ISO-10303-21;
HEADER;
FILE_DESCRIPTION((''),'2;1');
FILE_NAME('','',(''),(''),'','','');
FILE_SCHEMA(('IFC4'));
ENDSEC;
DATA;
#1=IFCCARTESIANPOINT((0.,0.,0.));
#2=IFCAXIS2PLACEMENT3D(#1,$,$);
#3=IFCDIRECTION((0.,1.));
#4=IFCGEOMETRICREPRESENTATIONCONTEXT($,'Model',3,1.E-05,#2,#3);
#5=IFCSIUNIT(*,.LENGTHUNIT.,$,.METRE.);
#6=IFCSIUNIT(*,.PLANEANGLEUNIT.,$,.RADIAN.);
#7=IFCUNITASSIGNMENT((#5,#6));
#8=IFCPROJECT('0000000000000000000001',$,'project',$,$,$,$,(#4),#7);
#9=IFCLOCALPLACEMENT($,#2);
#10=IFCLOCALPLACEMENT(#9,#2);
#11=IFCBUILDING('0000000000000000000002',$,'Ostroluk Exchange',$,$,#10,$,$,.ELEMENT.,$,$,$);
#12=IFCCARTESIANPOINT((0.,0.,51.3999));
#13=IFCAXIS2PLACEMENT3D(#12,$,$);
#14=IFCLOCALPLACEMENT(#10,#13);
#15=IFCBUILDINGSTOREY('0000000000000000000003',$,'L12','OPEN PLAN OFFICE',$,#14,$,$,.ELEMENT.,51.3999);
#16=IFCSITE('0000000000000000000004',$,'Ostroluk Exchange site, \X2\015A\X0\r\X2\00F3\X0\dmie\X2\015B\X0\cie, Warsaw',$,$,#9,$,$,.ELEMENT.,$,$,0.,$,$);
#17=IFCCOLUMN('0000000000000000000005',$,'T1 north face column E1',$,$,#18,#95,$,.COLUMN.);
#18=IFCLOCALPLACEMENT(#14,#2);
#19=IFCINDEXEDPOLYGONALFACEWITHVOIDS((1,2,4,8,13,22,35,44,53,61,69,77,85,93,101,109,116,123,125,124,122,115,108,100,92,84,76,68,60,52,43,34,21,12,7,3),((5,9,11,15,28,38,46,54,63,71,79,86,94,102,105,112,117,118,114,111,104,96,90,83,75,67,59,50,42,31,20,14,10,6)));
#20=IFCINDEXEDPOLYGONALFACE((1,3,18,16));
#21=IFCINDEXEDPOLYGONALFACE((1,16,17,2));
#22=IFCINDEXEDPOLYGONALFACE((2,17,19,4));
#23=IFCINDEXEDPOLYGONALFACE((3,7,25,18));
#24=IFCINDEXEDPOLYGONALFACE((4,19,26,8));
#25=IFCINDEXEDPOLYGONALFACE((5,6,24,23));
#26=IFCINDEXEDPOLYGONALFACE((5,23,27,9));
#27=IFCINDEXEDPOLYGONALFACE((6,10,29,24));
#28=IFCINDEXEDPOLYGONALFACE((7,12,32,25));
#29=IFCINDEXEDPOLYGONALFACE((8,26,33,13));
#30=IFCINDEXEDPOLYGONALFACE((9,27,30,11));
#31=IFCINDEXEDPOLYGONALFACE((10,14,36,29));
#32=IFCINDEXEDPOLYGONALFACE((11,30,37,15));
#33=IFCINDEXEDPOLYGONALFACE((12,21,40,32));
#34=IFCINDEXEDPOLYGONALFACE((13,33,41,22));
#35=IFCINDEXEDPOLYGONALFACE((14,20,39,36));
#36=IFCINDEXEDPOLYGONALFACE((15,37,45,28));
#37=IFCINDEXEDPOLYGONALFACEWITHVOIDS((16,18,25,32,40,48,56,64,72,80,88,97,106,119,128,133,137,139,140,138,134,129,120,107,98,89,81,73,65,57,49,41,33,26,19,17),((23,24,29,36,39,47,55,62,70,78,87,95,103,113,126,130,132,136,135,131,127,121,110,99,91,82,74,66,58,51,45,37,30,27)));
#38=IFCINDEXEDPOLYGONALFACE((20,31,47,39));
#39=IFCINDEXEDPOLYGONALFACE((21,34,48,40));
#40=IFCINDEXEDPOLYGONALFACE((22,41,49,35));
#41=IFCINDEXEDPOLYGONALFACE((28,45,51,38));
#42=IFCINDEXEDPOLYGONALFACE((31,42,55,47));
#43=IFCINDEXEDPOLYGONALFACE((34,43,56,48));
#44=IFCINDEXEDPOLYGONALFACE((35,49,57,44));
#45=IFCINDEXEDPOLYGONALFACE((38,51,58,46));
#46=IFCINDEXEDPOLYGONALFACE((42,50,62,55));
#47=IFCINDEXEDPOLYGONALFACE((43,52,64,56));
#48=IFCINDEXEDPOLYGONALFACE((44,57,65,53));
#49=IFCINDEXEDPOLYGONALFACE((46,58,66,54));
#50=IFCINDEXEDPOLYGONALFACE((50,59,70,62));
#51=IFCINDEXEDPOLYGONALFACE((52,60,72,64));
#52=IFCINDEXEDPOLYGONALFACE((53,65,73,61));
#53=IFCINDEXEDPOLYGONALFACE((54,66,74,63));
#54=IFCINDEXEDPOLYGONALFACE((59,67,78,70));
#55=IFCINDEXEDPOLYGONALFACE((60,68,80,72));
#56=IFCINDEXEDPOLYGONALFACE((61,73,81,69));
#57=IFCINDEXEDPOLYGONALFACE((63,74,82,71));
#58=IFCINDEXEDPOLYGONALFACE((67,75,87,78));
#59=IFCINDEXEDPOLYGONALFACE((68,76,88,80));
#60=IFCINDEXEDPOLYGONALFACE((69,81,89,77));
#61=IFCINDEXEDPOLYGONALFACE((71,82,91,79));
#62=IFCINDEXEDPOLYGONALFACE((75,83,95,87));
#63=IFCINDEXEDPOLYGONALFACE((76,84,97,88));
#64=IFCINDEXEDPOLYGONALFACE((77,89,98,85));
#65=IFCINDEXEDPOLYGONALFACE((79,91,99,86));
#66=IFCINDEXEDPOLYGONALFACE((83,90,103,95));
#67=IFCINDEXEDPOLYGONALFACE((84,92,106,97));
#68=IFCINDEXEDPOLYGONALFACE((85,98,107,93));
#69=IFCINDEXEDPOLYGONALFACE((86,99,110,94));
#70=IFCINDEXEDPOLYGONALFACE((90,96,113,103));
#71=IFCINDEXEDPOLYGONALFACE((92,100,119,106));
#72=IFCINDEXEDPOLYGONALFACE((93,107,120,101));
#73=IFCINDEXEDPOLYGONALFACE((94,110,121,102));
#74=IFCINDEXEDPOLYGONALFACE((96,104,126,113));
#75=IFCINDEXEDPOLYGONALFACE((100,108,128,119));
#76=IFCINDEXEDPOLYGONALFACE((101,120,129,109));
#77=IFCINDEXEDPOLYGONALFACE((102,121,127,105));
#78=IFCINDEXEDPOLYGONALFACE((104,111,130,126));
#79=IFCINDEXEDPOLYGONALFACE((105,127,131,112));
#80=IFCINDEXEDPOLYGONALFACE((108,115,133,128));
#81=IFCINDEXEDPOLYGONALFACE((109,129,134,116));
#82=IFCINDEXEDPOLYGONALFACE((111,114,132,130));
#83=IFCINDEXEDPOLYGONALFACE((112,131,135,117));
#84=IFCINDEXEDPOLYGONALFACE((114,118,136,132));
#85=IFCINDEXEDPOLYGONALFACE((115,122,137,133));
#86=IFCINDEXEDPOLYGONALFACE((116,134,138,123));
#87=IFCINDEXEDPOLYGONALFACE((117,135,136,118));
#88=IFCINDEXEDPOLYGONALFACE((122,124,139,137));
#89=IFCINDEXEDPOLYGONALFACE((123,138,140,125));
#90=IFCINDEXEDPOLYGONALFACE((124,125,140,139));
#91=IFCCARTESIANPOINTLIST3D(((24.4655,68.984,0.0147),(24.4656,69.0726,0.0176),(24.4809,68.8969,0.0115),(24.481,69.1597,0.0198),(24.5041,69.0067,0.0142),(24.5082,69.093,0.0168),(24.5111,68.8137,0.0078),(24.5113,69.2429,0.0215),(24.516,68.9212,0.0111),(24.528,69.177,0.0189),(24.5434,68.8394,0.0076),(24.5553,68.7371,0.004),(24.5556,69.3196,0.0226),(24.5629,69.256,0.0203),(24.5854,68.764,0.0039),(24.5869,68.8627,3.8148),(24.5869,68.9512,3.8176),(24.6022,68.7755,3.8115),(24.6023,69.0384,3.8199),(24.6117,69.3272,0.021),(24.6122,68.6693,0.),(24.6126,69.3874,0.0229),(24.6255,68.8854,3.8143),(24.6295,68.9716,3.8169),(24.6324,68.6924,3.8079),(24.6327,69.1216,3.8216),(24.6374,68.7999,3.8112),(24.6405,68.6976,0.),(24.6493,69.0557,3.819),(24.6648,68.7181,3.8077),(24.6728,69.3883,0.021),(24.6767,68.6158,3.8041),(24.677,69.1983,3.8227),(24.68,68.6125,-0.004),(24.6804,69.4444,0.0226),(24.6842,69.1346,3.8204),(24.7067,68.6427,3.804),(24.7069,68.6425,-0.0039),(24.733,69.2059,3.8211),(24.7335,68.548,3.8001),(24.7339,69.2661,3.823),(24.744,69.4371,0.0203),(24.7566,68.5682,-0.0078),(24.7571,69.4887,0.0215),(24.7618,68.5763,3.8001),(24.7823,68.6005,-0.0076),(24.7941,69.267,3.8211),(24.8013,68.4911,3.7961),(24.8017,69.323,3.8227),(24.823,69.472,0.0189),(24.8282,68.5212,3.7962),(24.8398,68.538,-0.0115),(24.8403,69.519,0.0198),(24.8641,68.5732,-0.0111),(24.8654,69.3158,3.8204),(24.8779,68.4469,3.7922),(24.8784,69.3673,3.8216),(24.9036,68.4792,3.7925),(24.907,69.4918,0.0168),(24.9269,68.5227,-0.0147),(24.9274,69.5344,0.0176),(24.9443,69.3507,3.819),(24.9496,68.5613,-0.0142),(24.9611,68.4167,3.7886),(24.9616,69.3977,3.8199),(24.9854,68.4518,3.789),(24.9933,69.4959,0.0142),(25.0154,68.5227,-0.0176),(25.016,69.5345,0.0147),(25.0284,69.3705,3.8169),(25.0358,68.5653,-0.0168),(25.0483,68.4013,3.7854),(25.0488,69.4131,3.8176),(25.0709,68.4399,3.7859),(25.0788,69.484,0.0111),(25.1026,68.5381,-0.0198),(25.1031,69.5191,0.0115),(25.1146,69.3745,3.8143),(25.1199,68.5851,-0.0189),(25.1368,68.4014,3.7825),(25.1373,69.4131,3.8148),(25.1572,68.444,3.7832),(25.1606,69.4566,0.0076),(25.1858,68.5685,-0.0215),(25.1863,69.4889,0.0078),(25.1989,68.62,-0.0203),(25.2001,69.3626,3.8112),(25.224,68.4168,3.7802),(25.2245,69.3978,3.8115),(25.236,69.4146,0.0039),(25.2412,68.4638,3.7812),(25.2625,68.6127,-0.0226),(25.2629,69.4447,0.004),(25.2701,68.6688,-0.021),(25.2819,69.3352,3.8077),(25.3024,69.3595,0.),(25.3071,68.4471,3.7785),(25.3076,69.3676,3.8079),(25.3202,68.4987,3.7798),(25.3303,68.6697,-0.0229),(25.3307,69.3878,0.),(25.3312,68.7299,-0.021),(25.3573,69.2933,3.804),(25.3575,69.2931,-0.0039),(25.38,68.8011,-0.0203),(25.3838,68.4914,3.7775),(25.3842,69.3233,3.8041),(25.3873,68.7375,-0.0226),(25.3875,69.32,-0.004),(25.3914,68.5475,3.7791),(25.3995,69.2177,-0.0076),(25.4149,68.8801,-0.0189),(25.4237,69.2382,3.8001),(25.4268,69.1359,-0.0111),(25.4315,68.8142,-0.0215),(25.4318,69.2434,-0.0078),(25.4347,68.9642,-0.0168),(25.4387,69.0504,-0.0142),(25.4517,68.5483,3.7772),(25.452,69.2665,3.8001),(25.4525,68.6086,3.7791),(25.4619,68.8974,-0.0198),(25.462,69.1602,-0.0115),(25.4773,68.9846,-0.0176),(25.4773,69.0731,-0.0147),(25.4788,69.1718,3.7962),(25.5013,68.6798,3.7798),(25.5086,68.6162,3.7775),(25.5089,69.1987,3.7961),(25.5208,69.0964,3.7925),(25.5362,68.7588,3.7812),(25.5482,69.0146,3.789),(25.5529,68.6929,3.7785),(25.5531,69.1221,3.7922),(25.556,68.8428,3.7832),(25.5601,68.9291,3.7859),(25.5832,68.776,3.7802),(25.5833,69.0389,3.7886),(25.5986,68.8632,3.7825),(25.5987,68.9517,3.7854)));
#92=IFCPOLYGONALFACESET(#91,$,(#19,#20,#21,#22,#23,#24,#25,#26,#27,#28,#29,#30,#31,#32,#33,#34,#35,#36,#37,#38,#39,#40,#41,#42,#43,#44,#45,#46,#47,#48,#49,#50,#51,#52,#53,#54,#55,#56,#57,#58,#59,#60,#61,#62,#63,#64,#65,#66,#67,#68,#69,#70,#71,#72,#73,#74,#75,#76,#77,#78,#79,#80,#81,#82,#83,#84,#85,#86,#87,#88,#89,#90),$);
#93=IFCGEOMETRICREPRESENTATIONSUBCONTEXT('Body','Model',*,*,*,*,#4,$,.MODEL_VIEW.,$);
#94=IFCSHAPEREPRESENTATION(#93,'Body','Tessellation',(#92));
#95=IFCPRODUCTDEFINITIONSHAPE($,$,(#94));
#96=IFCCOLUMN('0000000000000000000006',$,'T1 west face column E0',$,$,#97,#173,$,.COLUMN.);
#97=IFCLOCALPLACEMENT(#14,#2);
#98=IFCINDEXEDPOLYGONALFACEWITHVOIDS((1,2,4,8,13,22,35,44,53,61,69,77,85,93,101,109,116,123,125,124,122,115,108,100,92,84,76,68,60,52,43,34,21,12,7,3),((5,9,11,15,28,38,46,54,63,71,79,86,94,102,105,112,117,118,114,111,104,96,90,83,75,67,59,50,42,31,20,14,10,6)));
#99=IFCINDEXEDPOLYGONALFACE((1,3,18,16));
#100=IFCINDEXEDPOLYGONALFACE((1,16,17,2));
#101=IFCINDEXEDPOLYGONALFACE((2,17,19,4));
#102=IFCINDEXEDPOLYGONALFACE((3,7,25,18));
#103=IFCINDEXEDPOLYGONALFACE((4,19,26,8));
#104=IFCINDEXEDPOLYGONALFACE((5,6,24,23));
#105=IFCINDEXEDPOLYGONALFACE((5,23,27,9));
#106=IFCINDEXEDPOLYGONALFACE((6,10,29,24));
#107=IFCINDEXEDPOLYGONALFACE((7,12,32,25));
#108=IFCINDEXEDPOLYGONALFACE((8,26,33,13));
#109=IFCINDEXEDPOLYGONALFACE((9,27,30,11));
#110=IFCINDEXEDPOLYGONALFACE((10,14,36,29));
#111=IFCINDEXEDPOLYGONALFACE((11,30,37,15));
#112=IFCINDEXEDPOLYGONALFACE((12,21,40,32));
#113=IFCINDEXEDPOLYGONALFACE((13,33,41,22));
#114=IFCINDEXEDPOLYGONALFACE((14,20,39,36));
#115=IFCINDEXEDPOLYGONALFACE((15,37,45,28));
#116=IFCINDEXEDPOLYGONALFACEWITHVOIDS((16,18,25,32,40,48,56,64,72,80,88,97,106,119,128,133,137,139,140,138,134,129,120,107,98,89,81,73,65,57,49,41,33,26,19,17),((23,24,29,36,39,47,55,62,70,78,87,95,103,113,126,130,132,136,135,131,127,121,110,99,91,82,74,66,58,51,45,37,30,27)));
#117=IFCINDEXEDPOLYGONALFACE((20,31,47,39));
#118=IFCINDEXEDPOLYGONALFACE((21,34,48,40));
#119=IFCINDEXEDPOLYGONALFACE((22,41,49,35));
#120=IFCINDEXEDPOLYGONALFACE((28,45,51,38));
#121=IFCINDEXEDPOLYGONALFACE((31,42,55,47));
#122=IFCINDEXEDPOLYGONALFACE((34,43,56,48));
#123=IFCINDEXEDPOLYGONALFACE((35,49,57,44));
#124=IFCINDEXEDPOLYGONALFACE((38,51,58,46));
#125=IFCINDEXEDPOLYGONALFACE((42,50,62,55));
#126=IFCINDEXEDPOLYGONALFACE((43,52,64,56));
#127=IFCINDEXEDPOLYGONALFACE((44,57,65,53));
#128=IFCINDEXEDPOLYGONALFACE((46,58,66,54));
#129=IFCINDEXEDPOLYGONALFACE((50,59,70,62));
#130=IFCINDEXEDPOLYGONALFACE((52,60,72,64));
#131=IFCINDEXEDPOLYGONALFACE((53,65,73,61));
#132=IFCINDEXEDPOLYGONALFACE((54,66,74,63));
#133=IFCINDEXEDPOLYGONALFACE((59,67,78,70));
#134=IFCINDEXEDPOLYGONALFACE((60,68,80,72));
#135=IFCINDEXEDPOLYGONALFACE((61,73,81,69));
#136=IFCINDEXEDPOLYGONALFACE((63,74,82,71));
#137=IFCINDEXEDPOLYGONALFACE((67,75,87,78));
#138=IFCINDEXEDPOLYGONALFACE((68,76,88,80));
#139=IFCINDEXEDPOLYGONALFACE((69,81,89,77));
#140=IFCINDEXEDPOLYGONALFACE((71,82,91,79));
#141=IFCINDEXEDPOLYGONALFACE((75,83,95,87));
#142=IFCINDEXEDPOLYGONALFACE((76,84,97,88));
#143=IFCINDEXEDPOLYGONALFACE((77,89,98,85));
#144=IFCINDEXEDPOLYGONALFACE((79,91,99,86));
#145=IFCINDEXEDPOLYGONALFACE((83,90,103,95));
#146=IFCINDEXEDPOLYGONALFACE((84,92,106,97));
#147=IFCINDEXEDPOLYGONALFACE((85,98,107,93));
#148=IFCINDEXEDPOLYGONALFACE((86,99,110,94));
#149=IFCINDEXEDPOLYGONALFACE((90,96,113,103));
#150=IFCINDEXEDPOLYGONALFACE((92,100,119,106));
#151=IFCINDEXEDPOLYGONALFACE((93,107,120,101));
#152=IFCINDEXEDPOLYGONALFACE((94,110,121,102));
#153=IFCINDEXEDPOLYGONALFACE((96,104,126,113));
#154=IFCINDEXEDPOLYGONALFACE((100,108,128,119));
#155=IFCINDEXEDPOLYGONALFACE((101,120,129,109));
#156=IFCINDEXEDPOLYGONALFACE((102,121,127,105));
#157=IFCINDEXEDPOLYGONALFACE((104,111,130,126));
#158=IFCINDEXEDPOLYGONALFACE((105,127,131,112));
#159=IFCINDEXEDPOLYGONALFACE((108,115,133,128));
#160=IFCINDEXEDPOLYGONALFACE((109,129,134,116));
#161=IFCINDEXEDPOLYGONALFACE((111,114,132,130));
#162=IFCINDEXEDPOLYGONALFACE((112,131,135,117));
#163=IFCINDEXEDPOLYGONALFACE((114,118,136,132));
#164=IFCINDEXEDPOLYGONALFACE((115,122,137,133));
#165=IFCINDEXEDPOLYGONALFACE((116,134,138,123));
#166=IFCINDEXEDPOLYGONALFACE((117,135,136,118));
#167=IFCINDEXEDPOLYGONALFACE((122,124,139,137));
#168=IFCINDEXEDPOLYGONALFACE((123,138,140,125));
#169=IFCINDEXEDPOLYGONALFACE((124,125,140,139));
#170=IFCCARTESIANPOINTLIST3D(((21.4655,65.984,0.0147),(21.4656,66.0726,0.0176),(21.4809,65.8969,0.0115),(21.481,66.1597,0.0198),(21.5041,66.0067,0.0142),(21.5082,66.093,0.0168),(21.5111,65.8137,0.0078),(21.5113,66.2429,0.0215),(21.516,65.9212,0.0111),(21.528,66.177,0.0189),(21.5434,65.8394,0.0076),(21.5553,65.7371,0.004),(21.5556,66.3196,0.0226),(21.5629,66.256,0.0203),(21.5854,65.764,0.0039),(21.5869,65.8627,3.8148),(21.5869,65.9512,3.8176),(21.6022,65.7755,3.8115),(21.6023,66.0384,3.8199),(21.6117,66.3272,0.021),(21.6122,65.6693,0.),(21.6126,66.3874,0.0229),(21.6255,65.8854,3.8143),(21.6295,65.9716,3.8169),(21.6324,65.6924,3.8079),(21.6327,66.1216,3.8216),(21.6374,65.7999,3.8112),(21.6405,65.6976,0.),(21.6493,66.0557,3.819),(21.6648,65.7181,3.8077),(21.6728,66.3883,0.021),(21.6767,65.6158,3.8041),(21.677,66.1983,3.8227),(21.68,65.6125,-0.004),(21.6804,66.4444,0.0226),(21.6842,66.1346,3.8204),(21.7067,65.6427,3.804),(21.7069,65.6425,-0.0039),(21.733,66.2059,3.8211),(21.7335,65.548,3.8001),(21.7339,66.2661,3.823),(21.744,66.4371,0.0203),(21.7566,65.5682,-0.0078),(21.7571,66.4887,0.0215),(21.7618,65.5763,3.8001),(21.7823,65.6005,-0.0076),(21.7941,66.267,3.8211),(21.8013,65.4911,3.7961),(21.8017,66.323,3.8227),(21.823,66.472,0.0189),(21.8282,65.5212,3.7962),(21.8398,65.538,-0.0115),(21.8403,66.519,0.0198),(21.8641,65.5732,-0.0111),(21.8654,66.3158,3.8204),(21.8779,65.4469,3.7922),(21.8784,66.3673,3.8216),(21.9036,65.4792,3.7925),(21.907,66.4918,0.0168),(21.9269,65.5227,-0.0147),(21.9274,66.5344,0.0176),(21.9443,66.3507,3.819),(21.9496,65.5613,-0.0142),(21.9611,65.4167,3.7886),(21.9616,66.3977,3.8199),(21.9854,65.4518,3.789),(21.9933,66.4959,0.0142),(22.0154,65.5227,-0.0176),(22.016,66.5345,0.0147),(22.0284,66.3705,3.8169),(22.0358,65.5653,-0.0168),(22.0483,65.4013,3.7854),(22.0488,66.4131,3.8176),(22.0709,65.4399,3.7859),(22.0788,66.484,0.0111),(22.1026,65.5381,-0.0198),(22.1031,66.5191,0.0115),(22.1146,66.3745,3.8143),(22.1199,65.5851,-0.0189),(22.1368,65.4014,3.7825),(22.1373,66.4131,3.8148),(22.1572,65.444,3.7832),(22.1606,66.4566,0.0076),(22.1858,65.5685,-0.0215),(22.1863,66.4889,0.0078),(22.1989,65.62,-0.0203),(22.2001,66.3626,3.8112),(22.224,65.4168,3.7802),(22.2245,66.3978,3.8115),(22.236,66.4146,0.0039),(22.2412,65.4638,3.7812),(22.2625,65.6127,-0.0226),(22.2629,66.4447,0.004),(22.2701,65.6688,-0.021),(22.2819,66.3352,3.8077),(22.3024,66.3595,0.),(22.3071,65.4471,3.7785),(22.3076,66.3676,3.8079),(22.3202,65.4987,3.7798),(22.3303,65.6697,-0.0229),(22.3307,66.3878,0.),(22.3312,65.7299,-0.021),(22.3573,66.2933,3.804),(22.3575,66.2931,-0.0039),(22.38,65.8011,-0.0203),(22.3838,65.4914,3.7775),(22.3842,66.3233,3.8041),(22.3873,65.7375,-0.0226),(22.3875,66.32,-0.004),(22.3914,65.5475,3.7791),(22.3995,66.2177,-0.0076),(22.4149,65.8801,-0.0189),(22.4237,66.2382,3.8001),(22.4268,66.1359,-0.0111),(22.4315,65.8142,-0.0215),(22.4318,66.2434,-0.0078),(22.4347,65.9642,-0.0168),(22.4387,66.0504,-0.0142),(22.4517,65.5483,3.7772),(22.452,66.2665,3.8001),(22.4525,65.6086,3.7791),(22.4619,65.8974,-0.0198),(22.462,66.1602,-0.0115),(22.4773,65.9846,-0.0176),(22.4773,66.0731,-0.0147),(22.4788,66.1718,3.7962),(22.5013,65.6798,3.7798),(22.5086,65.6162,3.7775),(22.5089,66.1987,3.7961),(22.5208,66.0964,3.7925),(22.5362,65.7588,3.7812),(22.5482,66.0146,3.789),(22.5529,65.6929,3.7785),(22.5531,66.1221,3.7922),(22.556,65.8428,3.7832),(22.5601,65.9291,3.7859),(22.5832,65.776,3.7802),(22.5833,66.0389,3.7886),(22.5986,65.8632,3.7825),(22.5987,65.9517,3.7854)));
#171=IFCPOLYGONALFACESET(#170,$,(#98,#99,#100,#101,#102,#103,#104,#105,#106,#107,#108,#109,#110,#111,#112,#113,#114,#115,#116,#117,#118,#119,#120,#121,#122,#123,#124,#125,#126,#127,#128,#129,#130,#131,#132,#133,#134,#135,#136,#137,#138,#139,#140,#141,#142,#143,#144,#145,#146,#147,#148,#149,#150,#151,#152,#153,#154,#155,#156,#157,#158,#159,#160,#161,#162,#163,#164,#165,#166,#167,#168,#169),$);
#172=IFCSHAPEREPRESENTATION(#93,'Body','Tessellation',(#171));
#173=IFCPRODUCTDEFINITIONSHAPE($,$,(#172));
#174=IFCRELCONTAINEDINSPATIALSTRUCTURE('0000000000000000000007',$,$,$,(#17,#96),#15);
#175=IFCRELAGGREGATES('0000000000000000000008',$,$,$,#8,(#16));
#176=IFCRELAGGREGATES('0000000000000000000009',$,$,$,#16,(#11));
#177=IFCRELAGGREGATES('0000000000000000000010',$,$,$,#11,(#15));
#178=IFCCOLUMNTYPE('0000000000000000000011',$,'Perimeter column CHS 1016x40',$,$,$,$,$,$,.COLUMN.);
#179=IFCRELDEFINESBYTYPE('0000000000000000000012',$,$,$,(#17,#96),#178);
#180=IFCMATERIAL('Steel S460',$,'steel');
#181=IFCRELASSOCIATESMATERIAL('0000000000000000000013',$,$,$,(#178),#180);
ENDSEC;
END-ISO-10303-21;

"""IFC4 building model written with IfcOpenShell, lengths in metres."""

from ifc_helpers import new_model, si_unit, direction, frame, origin, origin_2d, place, context, subcontext, project, spatial, hollow_circle, extrude, material, material_profile, profile_set, type_object, element, save


model = new_model("IFC4")

# Units and contexts
model_context = context("Model", 3, precision=1e-05, world=origin(), true_north=direction((0.0, 1.0)))
body_context = subcontext(model_context, "Body", "Model", "MODEL_VIEW")
ifc_project = project(units=[si_unit("LENGTHUNIT", "METRE"), si_unit("PLANEANGLEUNIT", "RADIAN")], contexts=[model_context])

# Site, building, storey
site_placement = place(None, origin())
site = spatial("IfcSite", under=ifc_project, at=site_placement, Name="Ostroluk Exchange site, Śródmieście, Warsaw", CompositionType="ELEMENT", RefElevation=0.0)
building_placement = place(site_placement, origin())
building = spatial("IfcBuilding", under=site, at=building_placement, Name="Ostroluk Exchange", CompositionType="ELEMENT")
storey_placement = place(building_placement, frame((0.0, 0.0, 51.3999)))
storey = spatial("IfcBuildingStorey", under=building, at=storey_placement, Name="L12", Description="OPEN PLAN OFFICE", CompositionType="ELEMENT", Elevation=51.3999)

# Columns
ifc_material_1 = material(Name="Steel S460", Category="steel")
ifc_material_profile_1 = material_profile(ifc_material_1, hollow_circle(Radius=0.5081, WallThickness=0.04, at=origin_2d()), Name="CHS 1016x40")
ifc_profile_set_1 = profile_set([ifc_material_profile_1], Name="Steel S460")
column_type = type_object("IfcColumnType", Name="Perimeter column CHS 1016x40", PredefinedType="COLUMN", material=ifc_profile_set_1)
for number, where, z_axis, x_axis, name in (
    (1, (24.9714, 69.0286, 0.0), (0.031898, -0.031898, 0.998982), (0.707107, 0.707107, 0.0), "T1 north face column E1"),
    (2, (21.9714, 66.0286, 0.0), (0.031898, -0.031898, 0.998982), (0.707107, 0.707107, 0.0), "T1 west face column E0"),
):
    element("IfcColumn", number, at=place(storey_placement, frame(where, z_axis=z_axis, x_axis=x_axis)), inside=storey, type_object=column_type, Name=name, PredefinedType="COLUMN", context=body_context, shape_type="SweptSolid", body=[
        extrude(hollow_circle(Radius=0.5081, WallThickness=0.04, at=origin_2d()), origin(), (0.0, 0.0, 1.0), 3.804),
    ])

save(model, "model.ifc")
